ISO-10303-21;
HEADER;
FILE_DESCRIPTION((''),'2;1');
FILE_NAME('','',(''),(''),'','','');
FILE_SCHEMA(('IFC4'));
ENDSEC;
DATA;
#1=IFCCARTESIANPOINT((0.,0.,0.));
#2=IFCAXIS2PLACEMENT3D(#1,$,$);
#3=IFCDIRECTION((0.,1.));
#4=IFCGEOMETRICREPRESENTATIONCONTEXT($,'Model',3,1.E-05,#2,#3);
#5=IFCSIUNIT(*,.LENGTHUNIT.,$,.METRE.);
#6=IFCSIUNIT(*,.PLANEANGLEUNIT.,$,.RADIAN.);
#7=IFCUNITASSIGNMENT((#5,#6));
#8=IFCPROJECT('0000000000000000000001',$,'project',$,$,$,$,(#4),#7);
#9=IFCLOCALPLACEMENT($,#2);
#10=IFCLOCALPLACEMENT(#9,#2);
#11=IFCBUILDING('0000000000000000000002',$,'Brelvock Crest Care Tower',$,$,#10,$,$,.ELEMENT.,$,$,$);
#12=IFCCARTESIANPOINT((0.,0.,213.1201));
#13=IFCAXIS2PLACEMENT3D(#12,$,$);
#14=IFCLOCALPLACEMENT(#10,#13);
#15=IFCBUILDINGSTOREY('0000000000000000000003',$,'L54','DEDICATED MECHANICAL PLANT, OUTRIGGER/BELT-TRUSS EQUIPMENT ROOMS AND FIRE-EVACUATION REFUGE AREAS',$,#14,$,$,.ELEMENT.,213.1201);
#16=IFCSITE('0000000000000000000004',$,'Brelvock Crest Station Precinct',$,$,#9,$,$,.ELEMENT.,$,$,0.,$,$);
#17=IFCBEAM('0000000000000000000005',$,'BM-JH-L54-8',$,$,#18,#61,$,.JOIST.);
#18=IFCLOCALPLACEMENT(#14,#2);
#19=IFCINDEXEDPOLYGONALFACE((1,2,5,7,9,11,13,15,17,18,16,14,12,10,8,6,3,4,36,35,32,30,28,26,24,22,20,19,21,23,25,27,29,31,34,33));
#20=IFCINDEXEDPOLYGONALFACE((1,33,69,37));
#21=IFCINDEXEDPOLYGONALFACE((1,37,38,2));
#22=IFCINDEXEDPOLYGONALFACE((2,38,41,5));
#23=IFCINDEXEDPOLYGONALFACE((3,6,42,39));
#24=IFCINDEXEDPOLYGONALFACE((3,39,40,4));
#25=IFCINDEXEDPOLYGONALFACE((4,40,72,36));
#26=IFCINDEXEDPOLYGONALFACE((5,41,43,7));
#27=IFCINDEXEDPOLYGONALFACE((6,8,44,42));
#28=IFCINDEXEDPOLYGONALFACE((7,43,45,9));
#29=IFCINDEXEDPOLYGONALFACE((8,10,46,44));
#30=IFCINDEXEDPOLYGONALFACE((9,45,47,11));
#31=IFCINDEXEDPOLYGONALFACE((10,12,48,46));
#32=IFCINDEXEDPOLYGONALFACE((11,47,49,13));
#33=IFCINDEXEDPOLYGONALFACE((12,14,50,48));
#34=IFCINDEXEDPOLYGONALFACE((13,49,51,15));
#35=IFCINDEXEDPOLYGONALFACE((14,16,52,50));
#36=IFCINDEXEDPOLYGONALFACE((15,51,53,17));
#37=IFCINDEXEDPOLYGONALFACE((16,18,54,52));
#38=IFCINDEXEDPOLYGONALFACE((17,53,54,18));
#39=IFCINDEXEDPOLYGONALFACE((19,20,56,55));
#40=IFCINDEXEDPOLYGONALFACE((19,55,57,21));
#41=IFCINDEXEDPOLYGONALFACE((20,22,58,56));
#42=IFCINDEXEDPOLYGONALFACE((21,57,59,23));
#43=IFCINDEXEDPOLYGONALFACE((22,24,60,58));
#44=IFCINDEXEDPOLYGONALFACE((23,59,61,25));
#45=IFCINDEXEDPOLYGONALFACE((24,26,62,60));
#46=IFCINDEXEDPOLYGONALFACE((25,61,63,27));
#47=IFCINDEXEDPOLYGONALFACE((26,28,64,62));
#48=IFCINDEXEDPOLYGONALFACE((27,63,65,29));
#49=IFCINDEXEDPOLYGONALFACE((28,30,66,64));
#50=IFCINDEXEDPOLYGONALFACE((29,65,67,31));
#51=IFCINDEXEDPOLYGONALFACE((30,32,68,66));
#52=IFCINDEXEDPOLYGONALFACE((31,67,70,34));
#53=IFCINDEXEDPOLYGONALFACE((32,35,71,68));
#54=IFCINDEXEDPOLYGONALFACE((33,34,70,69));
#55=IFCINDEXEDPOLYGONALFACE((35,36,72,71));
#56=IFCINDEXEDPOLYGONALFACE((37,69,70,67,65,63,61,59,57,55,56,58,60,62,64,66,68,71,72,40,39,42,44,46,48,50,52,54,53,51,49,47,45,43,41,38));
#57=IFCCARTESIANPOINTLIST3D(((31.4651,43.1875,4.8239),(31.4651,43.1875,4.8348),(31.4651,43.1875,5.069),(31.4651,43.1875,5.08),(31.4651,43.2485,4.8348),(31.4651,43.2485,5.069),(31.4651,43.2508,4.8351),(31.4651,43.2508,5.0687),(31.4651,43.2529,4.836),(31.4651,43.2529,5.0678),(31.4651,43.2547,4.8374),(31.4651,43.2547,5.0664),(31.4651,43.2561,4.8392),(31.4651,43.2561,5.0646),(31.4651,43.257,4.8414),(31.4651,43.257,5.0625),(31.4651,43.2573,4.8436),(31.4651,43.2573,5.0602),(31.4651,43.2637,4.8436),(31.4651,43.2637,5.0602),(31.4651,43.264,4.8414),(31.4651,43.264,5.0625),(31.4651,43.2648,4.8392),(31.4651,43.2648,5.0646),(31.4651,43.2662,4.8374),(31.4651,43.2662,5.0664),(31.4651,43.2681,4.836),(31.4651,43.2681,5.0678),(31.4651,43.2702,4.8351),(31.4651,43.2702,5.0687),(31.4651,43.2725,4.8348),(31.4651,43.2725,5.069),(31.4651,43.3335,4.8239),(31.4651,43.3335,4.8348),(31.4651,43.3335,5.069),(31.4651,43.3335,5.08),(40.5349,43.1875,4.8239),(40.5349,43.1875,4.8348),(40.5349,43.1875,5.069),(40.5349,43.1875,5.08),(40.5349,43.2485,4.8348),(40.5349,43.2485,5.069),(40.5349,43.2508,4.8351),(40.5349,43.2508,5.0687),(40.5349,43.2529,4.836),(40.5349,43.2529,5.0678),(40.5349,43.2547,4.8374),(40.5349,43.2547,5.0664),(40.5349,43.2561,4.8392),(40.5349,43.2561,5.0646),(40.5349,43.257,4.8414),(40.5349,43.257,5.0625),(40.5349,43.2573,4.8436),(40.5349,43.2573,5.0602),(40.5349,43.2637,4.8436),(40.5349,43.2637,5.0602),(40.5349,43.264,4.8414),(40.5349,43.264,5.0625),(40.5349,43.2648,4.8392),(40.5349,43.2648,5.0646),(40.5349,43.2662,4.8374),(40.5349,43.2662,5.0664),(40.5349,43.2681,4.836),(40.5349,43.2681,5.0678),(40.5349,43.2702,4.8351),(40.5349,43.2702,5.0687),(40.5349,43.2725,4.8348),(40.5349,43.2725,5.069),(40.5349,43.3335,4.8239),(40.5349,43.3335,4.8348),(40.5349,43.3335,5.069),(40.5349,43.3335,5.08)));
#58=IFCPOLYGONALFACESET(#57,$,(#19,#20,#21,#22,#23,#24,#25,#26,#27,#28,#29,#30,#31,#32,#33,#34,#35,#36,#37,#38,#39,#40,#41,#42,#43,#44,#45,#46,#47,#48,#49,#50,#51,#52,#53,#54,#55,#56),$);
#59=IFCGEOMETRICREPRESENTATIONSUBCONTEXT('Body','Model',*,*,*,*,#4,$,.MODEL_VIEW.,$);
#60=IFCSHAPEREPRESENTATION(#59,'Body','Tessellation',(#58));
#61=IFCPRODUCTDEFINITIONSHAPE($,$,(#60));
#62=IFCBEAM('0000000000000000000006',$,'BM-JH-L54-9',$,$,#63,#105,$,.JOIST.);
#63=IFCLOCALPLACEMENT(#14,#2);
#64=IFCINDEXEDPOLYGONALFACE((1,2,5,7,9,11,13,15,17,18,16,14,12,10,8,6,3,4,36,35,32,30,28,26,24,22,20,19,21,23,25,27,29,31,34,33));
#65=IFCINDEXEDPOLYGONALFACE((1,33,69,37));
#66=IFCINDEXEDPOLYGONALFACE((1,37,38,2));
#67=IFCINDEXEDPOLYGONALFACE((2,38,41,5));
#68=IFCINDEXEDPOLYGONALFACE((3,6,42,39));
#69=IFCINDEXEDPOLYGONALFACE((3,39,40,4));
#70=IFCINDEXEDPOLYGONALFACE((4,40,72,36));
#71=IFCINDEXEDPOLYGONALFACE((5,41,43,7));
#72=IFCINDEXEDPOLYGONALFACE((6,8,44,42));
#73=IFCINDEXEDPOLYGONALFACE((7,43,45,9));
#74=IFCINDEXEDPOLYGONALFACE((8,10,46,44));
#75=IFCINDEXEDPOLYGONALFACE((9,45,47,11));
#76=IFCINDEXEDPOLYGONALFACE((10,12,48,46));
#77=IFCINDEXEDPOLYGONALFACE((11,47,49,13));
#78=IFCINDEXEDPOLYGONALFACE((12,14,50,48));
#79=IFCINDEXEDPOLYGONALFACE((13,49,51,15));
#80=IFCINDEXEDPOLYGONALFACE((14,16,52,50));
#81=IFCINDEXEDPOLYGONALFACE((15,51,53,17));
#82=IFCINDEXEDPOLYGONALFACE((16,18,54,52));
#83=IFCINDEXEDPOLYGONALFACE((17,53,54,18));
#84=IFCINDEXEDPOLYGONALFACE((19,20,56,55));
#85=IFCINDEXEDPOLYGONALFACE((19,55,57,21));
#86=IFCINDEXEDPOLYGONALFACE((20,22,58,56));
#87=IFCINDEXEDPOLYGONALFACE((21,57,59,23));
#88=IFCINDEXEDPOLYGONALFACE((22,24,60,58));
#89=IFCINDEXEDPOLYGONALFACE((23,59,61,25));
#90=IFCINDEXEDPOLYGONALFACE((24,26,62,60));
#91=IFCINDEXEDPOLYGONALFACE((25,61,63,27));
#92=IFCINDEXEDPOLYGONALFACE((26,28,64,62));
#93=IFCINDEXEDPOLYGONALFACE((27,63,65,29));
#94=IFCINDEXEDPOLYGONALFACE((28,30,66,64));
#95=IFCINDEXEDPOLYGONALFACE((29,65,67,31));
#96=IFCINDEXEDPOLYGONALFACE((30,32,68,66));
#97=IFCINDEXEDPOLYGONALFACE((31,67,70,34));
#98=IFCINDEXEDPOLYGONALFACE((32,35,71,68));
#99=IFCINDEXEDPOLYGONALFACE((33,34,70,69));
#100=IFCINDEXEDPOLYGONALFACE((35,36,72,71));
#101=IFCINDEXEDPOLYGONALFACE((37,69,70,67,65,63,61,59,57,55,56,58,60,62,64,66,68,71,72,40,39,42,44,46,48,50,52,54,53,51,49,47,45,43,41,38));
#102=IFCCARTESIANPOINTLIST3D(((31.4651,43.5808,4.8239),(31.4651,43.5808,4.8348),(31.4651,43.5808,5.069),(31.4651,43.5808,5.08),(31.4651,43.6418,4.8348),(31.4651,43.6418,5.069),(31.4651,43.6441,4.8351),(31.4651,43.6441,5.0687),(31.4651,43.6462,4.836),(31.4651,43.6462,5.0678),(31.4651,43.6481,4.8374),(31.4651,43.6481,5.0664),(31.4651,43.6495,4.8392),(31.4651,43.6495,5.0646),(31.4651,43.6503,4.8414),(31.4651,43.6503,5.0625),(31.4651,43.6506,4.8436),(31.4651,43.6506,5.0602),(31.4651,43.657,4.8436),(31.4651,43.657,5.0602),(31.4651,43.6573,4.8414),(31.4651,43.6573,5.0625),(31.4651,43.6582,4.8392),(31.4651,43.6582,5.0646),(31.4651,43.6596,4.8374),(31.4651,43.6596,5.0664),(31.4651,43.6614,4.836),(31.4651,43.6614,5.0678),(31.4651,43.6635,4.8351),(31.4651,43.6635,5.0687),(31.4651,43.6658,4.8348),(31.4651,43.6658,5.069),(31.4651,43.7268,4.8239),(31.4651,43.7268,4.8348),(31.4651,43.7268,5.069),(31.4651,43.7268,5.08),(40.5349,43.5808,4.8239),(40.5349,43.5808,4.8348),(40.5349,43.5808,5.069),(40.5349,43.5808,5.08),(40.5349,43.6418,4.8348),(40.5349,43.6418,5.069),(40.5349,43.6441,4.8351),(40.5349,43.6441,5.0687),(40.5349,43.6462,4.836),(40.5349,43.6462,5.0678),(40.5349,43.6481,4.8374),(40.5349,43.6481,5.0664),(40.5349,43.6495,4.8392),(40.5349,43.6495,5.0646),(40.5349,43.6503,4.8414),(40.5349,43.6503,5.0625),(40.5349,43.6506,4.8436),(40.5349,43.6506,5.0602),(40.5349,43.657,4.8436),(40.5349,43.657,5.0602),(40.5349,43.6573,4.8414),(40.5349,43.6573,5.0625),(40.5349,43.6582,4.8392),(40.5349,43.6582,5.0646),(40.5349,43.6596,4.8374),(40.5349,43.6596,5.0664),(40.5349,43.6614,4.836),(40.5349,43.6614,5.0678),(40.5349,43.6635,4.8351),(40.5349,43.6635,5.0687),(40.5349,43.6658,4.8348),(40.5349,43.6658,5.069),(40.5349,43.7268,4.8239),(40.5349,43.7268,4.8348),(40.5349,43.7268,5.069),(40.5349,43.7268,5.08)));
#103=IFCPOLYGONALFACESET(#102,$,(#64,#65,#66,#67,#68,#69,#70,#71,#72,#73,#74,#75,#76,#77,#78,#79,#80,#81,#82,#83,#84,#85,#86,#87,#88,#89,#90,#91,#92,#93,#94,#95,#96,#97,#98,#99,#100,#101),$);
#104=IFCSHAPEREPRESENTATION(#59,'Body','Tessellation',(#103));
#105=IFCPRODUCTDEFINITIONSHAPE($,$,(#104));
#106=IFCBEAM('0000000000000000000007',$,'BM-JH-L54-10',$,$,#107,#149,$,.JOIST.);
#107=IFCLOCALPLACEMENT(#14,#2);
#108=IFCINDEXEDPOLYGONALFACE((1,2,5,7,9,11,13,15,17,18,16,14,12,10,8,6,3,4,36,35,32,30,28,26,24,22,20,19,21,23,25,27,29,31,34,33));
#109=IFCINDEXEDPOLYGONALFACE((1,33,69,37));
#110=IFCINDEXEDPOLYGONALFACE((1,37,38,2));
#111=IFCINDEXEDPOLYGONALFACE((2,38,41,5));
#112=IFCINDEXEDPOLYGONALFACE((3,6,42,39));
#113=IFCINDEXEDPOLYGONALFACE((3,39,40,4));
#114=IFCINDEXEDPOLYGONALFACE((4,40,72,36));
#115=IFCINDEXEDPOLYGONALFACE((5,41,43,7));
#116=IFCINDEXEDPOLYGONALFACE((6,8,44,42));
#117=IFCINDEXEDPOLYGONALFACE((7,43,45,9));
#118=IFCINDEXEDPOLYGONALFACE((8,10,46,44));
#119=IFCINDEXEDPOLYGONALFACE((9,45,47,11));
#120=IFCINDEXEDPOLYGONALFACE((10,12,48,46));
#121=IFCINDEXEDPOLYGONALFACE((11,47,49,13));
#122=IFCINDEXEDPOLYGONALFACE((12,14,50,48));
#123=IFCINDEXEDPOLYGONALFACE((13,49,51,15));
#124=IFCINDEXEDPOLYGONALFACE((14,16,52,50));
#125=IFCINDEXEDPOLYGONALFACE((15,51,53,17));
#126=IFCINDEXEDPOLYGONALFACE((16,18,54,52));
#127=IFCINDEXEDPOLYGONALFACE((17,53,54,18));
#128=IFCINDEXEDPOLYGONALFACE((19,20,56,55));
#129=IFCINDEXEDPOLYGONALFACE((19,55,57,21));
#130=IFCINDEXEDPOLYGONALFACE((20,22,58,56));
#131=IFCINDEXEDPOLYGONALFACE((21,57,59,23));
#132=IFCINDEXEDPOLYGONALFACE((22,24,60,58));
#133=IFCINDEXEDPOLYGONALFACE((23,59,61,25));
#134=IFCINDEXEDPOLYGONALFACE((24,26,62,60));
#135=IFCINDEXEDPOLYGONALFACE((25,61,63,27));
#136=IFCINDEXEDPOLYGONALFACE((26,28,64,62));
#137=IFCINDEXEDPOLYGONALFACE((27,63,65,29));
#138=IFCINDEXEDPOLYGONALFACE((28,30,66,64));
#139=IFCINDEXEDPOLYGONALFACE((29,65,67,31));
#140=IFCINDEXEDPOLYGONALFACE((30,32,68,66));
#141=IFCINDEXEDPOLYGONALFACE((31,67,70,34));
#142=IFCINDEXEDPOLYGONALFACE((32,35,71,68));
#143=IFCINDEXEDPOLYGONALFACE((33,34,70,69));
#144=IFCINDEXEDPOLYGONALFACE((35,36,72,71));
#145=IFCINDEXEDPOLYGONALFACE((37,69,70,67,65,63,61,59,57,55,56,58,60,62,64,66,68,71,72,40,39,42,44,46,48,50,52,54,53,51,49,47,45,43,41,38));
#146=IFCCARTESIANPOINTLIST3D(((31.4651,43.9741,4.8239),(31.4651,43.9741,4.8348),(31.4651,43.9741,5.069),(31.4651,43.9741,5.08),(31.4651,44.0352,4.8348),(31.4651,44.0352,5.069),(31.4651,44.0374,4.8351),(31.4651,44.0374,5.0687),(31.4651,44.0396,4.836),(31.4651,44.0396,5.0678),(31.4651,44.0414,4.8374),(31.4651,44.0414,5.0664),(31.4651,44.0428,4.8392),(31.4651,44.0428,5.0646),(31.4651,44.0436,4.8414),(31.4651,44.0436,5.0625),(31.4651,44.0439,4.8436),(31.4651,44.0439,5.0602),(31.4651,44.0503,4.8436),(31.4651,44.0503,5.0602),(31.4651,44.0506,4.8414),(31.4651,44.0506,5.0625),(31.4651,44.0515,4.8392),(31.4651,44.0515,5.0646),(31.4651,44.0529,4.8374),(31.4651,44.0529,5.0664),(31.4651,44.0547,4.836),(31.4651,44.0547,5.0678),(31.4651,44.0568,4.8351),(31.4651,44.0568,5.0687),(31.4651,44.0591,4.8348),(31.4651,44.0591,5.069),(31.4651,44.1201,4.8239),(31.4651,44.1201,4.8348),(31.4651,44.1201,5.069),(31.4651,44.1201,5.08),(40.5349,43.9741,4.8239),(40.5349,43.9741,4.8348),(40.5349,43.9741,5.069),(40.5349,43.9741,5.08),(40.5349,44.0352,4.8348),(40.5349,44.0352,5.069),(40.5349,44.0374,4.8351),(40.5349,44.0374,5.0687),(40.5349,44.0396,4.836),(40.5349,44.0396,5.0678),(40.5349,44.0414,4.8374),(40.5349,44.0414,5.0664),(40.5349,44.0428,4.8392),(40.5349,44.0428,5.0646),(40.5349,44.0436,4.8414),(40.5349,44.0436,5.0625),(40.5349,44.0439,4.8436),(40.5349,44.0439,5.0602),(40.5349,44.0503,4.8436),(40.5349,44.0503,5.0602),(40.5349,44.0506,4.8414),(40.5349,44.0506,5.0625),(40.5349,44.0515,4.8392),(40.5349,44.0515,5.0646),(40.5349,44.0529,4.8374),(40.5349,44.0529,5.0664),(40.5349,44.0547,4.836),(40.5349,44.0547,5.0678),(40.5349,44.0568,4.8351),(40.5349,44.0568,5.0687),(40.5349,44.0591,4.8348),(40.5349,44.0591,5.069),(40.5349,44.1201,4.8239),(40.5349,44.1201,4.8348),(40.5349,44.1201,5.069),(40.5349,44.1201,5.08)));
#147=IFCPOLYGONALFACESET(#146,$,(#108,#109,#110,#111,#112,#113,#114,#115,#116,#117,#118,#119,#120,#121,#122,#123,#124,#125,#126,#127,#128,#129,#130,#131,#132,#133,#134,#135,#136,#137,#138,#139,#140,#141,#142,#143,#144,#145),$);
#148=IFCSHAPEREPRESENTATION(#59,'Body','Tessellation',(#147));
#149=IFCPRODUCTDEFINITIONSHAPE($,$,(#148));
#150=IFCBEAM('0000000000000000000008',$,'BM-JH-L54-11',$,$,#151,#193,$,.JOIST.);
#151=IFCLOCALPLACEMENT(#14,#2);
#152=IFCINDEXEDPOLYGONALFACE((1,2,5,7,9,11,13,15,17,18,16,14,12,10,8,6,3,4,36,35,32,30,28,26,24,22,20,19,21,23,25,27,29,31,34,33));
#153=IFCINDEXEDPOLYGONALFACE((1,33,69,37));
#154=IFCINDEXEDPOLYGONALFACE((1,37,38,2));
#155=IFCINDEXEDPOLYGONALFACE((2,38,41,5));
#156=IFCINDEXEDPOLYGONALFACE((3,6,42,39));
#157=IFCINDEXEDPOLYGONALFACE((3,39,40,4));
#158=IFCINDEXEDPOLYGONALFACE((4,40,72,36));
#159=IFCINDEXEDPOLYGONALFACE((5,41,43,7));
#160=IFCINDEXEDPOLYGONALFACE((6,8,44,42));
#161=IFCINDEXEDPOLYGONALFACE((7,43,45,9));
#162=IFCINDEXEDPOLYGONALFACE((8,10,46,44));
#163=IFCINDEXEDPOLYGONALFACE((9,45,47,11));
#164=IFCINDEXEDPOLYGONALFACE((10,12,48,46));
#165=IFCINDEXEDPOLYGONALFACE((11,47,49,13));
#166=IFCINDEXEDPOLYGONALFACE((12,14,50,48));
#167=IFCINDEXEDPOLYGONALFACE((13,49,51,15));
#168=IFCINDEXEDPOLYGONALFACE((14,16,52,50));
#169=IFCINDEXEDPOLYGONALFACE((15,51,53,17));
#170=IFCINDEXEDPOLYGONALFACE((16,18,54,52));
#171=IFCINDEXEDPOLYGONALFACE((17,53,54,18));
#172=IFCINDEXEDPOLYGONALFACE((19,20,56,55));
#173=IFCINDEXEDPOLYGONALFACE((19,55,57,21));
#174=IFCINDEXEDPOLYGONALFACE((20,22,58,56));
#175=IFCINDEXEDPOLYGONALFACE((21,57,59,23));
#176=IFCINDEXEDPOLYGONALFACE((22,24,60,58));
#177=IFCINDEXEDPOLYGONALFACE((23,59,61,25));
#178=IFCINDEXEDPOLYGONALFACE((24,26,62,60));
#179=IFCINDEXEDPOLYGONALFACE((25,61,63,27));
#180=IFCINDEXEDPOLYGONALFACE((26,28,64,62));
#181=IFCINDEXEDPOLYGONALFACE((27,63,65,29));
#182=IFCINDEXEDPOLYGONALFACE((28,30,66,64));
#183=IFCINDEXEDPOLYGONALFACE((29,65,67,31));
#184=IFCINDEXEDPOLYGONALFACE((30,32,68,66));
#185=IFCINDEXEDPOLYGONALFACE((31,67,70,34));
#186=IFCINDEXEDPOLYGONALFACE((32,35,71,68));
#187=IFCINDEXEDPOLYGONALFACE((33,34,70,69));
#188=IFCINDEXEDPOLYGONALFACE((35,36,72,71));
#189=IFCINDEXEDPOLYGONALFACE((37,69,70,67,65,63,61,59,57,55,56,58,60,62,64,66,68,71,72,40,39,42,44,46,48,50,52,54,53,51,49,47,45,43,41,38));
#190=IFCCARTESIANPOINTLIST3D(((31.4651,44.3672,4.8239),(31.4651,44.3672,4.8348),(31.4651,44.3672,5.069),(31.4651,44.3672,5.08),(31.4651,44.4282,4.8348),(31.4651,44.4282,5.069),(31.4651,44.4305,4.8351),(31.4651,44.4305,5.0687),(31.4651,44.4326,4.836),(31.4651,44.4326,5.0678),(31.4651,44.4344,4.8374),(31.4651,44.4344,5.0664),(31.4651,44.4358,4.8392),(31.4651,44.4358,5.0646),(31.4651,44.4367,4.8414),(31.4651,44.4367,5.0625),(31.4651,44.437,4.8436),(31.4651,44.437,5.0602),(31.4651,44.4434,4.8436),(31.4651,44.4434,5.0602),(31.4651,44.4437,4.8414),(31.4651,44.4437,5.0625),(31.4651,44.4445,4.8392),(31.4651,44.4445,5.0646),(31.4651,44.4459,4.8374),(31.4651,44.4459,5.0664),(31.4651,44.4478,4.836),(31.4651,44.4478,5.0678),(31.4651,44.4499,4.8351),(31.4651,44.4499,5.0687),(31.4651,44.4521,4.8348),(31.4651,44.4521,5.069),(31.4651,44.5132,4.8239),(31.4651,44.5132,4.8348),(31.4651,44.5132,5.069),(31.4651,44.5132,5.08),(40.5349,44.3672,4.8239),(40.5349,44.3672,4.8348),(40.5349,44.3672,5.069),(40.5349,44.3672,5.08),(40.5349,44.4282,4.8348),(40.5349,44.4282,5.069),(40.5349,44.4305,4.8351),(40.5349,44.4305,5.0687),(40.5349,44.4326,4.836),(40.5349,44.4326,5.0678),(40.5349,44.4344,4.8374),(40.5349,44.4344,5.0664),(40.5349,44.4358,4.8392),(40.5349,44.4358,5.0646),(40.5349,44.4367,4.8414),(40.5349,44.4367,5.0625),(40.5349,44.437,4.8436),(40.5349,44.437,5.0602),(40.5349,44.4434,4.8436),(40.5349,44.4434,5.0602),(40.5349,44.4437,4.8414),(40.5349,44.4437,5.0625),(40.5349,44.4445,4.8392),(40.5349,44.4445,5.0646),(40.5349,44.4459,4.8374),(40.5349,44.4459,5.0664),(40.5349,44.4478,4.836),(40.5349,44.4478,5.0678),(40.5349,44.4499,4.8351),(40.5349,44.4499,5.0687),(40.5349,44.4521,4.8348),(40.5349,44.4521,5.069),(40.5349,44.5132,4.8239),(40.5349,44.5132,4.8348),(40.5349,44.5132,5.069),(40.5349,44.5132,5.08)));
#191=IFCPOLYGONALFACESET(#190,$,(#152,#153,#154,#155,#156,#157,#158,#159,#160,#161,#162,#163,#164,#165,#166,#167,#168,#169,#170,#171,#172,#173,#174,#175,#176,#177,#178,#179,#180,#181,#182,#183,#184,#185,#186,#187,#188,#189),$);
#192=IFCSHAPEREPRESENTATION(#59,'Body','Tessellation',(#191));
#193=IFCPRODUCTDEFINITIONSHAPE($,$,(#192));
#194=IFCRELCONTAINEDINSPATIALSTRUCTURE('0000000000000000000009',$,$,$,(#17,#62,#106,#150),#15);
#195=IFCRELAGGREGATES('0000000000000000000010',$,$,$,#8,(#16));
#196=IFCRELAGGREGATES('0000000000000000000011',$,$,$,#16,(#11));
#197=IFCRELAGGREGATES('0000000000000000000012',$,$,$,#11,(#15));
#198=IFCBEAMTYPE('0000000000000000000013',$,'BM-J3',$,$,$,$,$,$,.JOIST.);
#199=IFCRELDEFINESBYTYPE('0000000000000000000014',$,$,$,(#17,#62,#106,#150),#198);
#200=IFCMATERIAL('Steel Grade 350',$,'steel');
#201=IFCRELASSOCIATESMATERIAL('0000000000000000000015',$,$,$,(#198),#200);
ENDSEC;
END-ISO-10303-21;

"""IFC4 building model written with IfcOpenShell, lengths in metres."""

from ifc_helpers import new_model, si_unit, direction, frame, origin, origin_2d, place, context, subcontext, project, spatial, i_section, extrude, source, transform, mapped, material, material_profile, profile_set, type_object, element, save


model = new_model("IFC4")

# Units and contexts
model_context = context("Model", 3, precision=1e-05, world=origin(), true_north=direction((0.0, 1.0)))
body_context = subcontext(model_context, "Body", "Model", "MODEL_VIEW")
ifc_project = project(units=[si_unit("LENGTHUNIT", "METRE"), si_unit("PLANEANGLEUNIT", "RADIAN")], contexts=[model_context])

# Site, building, storey
site_placement = place(None, origin())
site = spatial("IfcSite", under=ifc_project, at=site_placement, Name="Brelvock Crest Station Precinct", CompositionType="ELEMENT", RefElevation=0.0)
building_placement = place(site_placement, origin())
building = spatial("IfcBuilding", under=site, at=building_placement, Name="Brelvock Crest Care Tower", CompositionType="ELEMENT")
storey_placement = place(building_placement, frame((0.0, 0.0, 213.1201)))
storey = spatial("IfcBuildingStorey", under=building, at=storey_placement, Name="L54", Description="DEDICATED MECHANICAL PLANT, OUTRIGGER/BELT-TRUSS EQUIPMENT ROOMS AND FIRE-EVACUATION REFUGE AREAS", CompositionType="ELEMENT", Elevation=213.1201)

# Shared definitions
ifc_material = material(Name="Steel Grade 350", Category="steel")

# Beams
ifc_material_profile_1 = material_profile(ifc_material, i_section(OverallWidth=0.146, OverallDepth=0.2561, WebThickness=0.0063, FlangeThickness=0.011, FilletRadius=0.0088, at=origin_2d()), Name="250UB37.3")
ifc_profile_set_1 = profile_set([ifc_material_profile_1], Name="Steel Grade 350")
beam_type_1 = type_object("IfcBeamType", Name="BM-J3", PredefinedType="JOIST", material=ifc_profile_set_1)
shared_shape_1 = source(origin(), body_context, "Body", "SweptSolid", [
    extrude(i_section(OverallWidth=0.146, OverallDepth=0.2561, WebThickness=0.0063, FlangeThickness=0.011, FilletRadius=0.0088, at=origin_2d()), origin(), (0.0, 0.0, 1.0), 9.0698),
])
for number, where, z_axis, x_axis, name in (
    (1, (31.4651, 43.2605, 4.9519), (1.0, 0.0, 0.0), (0.0, 1.0, 0.0), "BM-JH-L54-8"),
    (2, (31.4651, 43.6538, 4.9519), (1.0, 0.0, 0.0), (0.0, 1.0, 0.0), "BM-JH-L54-9"),
    (3, (31.4651, 44.0471, 4.9519), (1.0, 0.0, 0.0), (0.0, 1.0, 0.0), "BM-JH-L54-10"),
    (4, (31.4651, 44.4402, 4.9519), (1.0, 0.0, 0.0), (0.0, 1.0, 0.0), "BM-JH-L54-11"),
):
    element("IfcBeam", number, at=place(storey_placement, frame(where, z_axis=z_axis, x_axis=x_axis)), inside=storey, type_object=beam_type_1, Name=name, PredefinedType="JOIST", context=body_context, shape_type="MappedRepresentation", body=[
        mapped(shared_shape_1, transform((0.0, 0.0, 0.0), x_axis=(1.0, 0.0, 0.0), y_axis=(0.0, 1.0, 0.0), z_axis=(0.0, 0.0, 1.0), scale=1.0)),
    ])

save(model, "model.ifc")
